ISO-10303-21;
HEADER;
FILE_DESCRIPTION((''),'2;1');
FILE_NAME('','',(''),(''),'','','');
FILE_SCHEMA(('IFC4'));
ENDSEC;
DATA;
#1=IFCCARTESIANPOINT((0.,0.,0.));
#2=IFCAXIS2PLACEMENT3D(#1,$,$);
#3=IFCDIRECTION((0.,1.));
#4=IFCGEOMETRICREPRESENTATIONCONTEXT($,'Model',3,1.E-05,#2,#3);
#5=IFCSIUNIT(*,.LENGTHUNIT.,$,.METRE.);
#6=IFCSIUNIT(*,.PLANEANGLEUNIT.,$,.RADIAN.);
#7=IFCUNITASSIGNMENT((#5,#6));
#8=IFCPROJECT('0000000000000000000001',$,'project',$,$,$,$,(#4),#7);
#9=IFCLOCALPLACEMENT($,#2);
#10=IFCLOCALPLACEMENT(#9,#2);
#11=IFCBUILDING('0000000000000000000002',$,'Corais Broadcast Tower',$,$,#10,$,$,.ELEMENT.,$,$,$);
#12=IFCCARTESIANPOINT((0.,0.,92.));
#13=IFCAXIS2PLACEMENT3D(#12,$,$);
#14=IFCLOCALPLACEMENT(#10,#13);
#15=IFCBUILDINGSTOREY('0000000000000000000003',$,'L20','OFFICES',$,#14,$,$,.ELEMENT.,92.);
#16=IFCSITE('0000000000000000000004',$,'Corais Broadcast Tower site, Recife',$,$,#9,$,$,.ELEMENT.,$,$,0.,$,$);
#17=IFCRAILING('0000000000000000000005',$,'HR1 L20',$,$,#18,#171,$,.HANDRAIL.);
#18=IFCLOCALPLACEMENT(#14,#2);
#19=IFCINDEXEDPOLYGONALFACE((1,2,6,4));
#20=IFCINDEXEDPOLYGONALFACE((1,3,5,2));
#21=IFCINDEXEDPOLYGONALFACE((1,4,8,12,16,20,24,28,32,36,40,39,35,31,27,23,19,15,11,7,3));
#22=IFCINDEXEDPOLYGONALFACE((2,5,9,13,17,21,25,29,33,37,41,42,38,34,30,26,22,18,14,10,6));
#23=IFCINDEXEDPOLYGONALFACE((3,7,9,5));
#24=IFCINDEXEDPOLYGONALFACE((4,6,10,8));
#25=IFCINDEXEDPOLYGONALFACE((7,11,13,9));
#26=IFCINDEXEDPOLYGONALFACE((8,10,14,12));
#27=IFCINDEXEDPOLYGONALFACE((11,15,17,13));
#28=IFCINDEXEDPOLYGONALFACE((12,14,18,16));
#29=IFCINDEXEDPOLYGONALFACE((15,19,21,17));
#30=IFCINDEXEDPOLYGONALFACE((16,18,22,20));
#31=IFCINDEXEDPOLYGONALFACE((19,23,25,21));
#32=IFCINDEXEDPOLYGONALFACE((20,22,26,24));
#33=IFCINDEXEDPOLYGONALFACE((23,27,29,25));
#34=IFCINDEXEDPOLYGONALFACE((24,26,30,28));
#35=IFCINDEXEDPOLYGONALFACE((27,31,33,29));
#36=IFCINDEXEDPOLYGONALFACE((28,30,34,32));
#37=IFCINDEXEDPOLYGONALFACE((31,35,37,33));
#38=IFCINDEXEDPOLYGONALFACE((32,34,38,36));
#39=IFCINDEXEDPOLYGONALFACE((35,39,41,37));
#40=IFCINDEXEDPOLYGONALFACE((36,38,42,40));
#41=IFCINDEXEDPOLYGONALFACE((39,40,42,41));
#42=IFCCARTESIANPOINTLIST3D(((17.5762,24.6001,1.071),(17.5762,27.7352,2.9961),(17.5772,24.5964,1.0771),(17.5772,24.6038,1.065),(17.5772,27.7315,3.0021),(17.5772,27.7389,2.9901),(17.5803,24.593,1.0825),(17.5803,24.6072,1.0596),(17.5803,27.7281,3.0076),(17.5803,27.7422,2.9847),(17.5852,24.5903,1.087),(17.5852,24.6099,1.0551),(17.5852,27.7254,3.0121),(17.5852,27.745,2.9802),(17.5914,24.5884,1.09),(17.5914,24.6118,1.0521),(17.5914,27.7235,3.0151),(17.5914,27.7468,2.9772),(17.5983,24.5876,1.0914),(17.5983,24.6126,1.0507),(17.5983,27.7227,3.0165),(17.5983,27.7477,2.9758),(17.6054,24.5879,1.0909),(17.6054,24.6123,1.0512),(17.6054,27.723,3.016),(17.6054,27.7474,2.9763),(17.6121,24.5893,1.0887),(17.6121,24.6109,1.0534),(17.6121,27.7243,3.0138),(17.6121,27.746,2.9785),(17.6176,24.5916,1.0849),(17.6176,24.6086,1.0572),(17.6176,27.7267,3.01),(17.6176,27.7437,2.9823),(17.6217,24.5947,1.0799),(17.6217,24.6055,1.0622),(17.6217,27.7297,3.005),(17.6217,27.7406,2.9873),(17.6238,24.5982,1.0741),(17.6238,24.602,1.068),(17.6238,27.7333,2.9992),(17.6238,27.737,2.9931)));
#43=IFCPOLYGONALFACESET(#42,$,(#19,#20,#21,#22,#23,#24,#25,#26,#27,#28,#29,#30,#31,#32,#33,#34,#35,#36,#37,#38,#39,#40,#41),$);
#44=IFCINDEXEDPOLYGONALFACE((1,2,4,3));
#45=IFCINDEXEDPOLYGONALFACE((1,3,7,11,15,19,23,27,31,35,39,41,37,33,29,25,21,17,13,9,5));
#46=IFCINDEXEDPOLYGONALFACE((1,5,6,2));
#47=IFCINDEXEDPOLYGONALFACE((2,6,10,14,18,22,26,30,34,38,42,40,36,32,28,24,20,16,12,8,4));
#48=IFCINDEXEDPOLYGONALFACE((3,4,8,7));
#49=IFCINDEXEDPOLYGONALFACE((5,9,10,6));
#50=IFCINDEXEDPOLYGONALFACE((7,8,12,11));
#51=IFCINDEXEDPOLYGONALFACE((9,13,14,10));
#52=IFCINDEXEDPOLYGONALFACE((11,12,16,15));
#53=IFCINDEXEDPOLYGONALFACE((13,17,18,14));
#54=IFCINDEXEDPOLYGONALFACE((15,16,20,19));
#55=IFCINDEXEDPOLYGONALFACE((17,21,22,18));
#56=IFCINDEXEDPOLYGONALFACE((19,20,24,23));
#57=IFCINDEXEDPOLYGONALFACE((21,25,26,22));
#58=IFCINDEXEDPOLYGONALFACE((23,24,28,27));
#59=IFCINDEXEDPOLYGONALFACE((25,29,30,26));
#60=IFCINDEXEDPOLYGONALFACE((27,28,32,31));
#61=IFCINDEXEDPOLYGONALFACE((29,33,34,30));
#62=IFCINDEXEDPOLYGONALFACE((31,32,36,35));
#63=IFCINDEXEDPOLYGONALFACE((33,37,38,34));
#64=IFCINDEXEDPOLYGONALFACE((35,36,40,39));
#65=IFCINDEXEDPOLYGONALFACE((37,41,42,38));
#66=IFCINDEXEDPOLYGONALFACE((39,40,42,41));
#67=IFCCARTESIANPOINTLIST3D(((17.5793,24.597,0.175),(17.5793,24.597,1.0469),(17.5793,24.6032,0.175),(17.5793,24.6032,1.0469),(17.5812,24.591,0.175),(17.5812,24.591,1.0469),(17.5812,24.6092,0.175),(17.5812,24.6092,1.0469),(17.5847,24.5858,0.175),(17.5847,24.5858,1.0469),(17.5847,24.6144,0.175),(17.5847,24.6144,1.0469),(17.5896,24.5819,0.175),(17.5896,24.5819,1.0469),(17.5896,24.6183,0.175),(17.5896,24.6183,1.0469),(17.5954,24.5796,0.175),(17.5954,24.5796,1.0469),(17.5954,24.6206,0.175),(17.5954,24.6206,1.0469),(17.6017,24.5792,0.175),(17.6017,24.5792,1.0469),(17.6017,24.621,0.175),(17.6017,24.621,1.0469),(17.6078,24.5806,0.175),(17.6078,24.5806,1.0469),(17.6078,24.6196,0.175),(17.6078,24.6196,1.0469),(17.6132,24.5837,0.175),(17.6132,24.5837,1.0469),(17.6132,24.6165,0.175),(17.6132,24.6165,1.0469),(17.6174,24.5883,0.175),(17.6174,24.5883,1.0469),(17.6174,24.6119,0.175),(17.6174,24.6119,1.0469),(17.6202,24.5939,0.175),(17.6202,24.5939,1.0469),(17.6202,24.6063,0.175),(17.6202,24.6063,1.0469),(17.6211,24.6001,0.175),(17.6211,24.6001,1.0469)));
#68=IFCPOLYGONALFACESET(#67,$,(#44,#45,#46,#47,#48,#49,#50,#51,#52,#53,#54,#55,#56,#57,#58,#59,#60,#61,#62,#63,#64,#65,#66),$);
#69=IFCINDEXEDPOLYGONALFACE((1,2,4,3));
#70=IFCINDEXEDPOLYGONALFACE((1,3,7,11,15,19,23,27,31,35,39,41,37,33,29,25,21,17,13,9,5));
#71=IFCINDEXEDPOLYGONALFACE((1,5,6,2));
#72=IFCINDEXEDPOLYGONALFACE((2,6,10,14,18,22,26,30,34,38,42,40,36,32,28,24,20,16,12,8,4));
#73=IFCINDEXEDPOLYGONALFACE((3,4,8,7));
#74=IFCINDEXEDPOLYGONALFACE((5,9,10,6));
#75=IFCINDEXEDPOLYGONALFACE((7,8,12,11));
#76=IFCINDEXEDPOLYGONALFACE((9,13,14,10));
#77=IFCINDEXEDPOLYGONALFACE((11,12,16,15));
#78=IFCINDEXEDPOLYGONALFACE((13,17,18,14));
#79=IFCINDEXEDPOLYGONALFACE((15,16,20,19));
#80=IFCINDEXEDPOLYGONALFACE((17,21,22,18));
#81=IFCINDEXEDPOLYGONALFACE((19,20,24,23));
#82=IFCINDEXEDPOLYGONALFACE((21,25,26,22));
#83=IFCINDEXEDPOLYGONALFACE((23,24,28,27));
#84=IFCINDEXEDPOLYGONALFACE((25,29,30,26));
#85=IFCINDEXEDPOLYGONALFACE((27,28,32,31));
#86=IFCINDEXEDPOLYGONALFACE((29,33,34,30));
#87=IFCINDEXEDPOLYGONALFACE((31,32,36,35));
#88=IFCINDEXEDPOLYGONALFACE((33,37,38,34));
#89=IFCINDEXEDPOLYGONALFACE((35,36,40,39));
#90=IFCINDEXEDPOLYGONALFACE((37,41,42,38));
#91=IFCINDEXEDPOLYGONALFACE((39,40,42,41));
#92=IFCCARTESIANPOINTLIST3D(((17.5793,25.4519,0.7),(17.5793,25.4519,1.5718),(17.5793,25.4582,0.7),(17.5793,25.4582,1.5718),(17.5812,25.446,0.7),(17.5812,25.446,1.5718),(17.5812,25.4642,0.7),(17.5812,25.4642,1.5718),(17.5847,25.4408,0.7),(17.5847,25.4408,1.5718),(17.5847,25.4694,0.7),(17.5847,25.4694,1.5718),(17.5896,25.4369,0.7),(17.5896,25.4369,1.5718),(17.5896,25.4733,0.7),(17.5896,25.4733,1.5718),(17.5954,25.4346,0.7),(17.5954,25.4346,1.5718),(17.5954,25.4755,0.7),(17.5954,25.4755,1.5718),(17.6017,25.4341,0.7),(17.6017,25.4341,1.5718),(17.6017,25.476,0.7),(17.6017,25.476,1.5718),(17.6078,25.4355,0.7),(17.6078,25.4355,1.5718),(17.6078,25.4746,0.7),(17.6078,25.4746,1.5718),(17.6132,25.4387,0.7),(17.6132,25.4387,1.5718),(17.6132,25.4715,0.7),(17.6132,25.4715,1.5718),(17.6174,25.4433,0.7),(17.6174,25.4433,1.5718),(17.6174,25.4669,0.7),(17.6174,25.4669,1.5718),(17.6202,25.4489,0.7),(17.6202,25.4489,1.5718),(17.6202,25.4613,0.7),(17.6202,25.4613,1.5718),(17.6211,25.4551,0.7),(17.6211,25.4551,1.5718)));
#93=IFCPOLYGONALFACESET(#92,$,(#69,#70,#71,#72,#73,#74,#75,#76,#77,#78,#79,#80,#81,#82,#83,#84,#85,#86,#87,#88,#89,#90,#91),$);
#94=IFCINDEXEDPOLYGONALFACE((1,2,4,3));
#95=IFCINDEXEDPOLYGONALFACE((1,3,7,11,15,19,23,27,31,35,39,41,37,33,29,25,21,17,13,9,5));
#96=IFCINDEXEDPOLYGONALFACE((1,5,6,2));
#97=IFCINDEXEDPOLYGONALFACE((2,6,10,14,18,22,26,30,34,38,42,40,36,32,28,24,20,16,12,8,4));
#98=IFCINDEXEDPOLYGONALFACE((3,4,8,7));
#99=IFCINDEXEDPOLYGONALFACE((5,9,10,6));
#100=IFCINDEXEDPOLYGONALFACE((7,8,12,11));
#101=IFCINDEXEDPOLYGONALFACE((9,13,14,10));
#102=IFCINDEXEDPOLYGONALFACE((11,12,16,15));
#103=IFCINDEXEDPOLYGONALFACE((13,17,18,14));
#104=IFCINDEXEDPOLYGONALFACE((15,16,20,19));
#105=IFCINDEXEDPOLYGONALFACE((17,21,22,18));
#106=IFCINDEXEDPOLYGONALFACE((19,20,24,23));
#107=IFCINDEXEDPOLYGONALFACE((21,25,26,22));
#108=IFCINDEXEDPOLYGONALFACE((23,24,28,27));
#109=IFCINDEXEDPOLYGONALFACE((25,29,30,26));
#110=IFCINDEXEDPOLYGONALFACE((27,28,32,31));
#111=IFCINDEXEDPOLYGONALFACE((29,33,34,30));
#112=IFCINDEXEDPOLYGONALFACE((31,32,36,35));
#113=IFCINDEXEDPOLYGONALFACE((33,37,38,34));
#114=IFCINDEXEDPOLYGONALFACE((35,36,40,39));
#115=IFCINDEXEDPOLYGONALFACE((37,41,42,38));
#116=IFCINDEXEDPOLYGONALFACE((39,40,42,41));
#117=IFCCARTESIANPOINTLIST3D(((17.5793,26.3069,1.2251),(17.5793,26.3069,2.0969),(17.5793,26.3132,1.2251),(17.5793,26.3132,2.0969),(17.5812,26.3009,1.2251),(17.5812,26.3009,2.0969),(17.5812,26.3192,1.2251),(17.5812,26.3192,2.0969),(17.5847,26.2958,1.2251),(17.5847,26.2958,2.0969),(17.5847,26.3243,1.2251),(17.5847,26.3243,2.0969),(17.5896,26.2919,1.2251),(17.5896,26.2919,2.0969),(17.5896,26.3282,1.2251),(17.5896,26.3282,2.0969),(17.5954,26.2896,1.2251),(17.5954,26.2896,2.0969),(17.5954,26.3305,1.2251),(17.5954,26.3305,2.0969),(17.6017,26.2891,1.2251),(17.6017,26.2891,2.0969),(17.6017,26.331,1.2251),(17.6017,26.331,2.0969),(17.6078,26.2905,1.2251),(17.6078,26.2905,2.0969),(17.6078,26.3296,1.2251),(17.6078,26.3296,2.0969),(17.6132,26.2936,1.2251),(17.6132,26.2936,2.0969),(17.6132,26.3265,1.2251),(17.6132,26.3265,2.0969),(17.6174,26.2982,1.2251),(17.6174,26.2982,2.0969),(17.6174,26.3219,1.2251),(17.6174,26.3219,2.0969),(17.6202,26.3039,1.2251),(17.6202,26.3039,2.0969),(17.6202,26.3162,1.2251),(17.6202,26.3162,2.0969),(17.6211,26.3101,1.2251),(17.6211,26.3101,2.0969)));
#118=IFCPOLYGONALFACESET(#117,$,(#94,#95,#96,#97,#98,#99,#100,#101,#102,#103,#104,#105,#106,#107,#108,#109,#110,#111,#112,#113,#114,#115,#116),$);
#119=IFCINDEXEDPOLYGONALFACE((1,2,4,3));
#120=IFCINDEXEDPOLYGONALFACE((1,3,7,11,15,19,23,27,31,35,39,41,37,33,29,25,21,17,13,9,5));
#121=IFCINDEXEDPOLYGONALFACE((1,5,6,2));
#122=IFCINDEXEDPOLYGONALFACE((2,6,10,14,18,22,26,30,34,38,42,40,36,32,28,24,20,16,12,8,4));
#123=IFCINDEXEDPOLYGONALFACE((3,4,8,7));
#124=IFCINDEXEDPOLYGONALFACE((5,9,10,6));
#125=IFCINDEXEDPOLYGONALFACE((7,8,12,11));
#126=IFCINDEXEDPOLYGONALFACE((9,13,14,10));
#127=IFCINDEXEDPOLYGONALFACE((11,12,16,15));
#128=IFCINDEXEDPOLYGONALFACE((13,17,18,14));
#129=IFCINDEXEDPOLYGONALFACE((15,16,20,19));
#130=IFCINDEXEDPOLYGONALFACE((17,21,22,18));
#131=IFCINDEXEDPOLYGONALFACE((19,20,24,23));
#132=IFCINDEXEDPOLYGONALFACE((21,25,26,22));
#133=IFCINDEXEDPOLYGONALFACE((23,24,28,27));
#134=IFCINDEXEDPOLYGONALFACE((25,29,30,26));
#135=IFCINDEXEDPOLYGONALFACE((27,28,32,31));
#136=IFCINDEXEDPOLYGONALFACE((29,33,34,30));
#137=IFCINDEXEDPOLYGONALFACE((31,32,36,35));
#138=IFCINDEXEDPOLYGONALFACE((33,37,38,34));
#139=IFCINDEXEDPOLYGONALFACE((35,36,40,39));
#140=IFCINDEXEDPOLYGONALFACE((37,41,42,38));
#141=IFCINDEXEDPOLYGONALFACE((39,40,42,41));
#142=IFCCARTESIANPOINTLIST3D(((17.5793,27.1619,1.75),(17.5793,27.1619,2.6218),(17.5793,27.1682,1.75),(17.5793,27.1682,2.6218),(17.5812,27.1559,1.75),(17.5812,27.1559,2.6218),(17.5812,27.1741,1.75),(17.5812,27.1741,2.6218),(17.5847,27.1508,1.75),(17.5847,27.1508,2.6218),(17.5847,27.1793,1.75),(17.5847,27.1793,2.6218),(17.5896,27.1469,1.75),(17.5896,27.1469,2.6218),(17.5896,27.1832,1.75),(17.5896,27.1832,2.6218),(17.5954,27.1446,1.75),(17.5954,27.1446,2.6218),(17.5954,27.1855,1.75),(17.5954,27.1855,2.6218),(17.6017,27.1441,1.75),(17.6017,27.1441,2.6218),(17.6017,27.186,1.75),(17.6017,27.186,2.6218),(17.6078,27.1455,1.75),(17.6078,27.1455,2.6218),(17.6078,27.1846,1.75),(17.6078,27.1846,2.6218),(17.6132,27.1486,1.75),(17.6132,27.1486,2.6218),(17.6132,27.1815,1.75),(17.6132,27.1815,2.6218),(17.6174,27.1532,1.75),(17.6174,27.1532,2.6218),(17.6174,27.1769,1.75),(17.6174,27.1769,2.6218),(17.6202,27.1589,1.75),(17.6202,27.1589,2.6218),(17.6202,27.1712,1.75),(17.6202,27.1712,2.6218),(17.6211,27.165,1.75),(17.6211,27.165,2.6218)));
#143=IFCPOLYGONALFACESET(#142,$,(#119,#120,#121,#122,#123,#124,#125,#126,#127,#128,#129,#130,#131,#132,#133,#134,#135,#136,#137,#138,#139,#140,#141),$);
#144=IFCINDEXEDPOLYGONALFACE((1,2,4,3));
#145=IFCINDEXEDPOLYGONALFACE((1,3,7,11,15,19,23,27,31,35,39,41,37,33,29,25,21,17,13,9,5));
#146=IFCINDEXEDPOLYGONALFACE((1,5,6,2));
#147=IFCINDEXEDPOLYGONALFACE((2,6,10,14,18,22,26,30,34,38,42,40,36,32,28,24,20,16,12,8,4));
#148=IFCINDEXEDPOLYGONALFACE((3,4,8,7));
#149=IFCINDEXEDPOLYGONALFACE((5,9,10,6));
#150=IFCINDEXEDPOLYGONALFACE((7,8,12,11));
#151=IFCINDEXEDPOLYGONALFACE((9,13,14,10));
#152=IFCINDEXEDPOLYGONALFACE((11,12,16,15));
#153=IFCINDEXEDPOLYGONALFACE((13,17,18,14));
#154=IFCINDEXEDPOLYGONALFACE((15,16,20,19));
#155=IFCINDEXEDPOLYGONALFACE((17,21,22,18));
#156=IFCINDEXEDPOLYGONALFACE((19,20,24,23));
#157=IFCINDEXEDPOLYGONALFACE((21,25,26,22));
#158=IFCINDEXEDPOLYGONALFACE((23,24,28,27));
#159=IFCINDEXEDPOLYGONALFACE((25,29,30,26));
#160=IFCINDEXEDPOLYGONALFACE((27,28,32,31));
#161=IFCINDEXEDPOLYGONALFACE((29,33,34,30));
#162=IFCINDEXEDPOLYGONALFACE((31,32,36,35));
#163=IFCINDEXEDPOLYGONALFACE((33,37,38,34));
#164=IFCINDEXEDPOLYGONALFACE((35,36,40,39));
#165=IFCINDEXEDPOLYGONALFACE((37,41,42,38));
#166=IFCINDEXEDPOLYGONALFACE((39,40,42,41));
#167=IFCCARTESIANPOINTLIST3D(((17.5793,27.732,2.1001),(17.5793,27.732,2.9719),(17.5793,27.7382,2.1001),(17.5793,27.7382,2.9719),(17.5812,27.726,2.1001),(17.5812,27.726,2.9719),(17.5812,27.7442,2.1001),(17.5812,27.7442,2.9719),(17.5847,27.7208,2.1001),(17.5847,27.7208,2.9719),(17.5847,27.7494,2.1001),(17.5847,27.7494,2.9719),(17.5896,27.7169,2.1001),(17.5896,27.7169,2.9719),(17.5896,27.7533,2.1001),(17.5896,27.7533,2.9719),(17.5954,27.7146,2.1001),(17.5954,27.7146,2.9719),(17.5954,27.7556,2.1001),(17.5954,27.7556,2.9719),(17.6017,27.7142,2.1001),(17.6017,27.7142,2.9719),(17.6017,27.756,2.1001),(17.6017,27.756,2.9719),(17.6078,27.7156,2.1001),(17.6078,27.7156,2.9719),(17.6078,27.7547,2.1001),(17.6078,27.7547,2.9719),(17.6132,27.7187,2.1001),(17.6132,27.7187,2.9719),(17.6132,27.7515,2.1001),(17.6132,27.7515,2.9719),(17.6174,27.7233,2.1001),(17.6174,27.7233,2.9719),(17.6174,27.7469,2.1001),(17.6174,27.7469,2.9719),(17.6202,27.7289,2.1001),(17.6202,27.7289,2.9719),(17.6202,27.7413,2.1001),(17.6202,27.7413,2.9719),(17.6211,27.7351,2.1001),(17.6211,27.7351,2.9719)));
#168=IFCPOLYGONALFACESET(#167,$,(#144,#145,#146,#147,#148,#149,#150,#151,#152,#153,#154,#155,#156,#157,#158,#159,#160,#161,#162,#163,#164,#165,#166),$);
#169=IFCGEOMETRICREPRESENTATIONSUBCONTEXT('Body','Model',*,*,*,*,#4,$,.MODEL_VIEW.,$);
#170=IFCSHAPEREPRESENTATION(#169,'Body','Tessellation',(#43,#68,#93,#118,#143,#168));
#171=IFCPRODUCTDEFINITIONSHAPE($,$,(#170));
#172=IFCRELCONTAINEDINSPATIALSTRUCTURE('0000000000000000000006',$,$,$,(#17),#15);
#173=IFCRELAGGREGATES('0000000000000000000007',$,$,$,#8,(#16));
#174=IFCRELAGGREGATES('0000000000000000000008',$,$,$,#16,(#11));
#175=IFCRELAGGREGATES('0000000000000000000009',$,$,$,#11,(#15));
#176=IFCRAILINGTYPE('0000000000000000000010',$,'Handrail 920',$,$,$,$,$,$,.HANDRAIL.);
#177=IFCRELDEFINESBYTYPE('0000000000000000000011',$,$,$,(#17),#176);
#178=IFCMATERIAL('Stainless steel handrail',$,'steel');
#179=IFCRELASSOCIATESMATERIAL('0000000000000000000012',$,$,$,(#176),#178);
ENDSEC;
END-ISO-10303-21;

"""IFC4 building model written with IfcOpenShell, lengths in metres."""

from ifc_helpers import new_model, si_unit, direction, frame, origin, origin_2d, place, context, subcontext, project, spatial, circle, extrude, material, type_object, element, save


model = new_model("IFC4")

# Units and contexts
model_context = context("Model", 3, precision=1e-05, world=origin(), true_north=direction((0.0, 1.0)))
body_context = subcontext(model_context, "Body", "Model", "MODEL_VIEW")
ifc_project = project(units=[si_unit("LENGTHUNIT", "METRE"), si_unit("PLANEANGLEUNIT", "RADIAN")], contexts=[model_context])

# Site, building, storey
site_placement = place(None, origin())
site = spatial("IfcSite", under=ifc_project, at=site_placement, Name="Corais Broadcast Tower site, Recife", CompositionType="ELEMENT", RefElevation=0.0)
building_placement = place(site_placement, origin())
building = spatial("IfcBuilding", under=site, at=building_placement, Name="Corais Broadcast Tower", CompositionType="ELEMENT")
storey_placement = place(building_placement, frame((0.0, 0.0, 92.0)))
storey = spatial("IfcBuildingStorey", under=building, at=storey_placement, Name="L20", Description="OFFICES", CompositionType="ELEMENT", Elevation=92.0)

# Railing
ifc_material_1 = material(Name="Stainless steel handrail", Category="steel")
railing_type = type_object("IfcRailingType", Name="Handrail 920", PredefinedType="HANDRAIL", material=ifc_material_1)
for number, where, name in (
    (1, (17.6001, 24.6001, 0.175), "HR1 L20"),
):
    element("IfcRailing", number, at=place(storey_placement, frame(where)), inside=storey, type_object=railing_type, Name=name, PredefinedType="HANDRAIL", context=body_context, shape_type="SweptSolid", body=[
        extrude(circle(Radius=0.0239, at=origin_2d()), frame((0.0, 0.0, 0.896), z_axis=(0.0, 0.852166, 0.523271), x_axis=(-1.0, 0.0, 0.0)), (0.0, 0.0, 1.0), 3.679),
        extrude(circle(Radius=0.021, at=origin_2d()), origin(), (0.0, 0.0, 1.0), 0.8718),
        extrude(circle(Radius=0.021, at=origin_2d()), frame((0.0, 0.855, 0.5249)), (0.0, 0.0, 1.0), 0.8718),
        extrude(circle(Radius=0.021, at=origin_2d()), frame((0.0, 1.71, 1.05)), (0.0, 0.0, 1.0), 0.8718),
        extrude(circle(Radius=0.021, at=origin_2d()), frame((0.0, 2.5649, 1.575)), (0.0, 0.0, 1.0), 0.8718),
        extrude(circle(Radius=0.021, at=origin_2d()), frame((0.0, 3.135, 1.925)), (0.0, 0.0, 1.0), 0.8718),
    ])

save(model, "model.ifc")
